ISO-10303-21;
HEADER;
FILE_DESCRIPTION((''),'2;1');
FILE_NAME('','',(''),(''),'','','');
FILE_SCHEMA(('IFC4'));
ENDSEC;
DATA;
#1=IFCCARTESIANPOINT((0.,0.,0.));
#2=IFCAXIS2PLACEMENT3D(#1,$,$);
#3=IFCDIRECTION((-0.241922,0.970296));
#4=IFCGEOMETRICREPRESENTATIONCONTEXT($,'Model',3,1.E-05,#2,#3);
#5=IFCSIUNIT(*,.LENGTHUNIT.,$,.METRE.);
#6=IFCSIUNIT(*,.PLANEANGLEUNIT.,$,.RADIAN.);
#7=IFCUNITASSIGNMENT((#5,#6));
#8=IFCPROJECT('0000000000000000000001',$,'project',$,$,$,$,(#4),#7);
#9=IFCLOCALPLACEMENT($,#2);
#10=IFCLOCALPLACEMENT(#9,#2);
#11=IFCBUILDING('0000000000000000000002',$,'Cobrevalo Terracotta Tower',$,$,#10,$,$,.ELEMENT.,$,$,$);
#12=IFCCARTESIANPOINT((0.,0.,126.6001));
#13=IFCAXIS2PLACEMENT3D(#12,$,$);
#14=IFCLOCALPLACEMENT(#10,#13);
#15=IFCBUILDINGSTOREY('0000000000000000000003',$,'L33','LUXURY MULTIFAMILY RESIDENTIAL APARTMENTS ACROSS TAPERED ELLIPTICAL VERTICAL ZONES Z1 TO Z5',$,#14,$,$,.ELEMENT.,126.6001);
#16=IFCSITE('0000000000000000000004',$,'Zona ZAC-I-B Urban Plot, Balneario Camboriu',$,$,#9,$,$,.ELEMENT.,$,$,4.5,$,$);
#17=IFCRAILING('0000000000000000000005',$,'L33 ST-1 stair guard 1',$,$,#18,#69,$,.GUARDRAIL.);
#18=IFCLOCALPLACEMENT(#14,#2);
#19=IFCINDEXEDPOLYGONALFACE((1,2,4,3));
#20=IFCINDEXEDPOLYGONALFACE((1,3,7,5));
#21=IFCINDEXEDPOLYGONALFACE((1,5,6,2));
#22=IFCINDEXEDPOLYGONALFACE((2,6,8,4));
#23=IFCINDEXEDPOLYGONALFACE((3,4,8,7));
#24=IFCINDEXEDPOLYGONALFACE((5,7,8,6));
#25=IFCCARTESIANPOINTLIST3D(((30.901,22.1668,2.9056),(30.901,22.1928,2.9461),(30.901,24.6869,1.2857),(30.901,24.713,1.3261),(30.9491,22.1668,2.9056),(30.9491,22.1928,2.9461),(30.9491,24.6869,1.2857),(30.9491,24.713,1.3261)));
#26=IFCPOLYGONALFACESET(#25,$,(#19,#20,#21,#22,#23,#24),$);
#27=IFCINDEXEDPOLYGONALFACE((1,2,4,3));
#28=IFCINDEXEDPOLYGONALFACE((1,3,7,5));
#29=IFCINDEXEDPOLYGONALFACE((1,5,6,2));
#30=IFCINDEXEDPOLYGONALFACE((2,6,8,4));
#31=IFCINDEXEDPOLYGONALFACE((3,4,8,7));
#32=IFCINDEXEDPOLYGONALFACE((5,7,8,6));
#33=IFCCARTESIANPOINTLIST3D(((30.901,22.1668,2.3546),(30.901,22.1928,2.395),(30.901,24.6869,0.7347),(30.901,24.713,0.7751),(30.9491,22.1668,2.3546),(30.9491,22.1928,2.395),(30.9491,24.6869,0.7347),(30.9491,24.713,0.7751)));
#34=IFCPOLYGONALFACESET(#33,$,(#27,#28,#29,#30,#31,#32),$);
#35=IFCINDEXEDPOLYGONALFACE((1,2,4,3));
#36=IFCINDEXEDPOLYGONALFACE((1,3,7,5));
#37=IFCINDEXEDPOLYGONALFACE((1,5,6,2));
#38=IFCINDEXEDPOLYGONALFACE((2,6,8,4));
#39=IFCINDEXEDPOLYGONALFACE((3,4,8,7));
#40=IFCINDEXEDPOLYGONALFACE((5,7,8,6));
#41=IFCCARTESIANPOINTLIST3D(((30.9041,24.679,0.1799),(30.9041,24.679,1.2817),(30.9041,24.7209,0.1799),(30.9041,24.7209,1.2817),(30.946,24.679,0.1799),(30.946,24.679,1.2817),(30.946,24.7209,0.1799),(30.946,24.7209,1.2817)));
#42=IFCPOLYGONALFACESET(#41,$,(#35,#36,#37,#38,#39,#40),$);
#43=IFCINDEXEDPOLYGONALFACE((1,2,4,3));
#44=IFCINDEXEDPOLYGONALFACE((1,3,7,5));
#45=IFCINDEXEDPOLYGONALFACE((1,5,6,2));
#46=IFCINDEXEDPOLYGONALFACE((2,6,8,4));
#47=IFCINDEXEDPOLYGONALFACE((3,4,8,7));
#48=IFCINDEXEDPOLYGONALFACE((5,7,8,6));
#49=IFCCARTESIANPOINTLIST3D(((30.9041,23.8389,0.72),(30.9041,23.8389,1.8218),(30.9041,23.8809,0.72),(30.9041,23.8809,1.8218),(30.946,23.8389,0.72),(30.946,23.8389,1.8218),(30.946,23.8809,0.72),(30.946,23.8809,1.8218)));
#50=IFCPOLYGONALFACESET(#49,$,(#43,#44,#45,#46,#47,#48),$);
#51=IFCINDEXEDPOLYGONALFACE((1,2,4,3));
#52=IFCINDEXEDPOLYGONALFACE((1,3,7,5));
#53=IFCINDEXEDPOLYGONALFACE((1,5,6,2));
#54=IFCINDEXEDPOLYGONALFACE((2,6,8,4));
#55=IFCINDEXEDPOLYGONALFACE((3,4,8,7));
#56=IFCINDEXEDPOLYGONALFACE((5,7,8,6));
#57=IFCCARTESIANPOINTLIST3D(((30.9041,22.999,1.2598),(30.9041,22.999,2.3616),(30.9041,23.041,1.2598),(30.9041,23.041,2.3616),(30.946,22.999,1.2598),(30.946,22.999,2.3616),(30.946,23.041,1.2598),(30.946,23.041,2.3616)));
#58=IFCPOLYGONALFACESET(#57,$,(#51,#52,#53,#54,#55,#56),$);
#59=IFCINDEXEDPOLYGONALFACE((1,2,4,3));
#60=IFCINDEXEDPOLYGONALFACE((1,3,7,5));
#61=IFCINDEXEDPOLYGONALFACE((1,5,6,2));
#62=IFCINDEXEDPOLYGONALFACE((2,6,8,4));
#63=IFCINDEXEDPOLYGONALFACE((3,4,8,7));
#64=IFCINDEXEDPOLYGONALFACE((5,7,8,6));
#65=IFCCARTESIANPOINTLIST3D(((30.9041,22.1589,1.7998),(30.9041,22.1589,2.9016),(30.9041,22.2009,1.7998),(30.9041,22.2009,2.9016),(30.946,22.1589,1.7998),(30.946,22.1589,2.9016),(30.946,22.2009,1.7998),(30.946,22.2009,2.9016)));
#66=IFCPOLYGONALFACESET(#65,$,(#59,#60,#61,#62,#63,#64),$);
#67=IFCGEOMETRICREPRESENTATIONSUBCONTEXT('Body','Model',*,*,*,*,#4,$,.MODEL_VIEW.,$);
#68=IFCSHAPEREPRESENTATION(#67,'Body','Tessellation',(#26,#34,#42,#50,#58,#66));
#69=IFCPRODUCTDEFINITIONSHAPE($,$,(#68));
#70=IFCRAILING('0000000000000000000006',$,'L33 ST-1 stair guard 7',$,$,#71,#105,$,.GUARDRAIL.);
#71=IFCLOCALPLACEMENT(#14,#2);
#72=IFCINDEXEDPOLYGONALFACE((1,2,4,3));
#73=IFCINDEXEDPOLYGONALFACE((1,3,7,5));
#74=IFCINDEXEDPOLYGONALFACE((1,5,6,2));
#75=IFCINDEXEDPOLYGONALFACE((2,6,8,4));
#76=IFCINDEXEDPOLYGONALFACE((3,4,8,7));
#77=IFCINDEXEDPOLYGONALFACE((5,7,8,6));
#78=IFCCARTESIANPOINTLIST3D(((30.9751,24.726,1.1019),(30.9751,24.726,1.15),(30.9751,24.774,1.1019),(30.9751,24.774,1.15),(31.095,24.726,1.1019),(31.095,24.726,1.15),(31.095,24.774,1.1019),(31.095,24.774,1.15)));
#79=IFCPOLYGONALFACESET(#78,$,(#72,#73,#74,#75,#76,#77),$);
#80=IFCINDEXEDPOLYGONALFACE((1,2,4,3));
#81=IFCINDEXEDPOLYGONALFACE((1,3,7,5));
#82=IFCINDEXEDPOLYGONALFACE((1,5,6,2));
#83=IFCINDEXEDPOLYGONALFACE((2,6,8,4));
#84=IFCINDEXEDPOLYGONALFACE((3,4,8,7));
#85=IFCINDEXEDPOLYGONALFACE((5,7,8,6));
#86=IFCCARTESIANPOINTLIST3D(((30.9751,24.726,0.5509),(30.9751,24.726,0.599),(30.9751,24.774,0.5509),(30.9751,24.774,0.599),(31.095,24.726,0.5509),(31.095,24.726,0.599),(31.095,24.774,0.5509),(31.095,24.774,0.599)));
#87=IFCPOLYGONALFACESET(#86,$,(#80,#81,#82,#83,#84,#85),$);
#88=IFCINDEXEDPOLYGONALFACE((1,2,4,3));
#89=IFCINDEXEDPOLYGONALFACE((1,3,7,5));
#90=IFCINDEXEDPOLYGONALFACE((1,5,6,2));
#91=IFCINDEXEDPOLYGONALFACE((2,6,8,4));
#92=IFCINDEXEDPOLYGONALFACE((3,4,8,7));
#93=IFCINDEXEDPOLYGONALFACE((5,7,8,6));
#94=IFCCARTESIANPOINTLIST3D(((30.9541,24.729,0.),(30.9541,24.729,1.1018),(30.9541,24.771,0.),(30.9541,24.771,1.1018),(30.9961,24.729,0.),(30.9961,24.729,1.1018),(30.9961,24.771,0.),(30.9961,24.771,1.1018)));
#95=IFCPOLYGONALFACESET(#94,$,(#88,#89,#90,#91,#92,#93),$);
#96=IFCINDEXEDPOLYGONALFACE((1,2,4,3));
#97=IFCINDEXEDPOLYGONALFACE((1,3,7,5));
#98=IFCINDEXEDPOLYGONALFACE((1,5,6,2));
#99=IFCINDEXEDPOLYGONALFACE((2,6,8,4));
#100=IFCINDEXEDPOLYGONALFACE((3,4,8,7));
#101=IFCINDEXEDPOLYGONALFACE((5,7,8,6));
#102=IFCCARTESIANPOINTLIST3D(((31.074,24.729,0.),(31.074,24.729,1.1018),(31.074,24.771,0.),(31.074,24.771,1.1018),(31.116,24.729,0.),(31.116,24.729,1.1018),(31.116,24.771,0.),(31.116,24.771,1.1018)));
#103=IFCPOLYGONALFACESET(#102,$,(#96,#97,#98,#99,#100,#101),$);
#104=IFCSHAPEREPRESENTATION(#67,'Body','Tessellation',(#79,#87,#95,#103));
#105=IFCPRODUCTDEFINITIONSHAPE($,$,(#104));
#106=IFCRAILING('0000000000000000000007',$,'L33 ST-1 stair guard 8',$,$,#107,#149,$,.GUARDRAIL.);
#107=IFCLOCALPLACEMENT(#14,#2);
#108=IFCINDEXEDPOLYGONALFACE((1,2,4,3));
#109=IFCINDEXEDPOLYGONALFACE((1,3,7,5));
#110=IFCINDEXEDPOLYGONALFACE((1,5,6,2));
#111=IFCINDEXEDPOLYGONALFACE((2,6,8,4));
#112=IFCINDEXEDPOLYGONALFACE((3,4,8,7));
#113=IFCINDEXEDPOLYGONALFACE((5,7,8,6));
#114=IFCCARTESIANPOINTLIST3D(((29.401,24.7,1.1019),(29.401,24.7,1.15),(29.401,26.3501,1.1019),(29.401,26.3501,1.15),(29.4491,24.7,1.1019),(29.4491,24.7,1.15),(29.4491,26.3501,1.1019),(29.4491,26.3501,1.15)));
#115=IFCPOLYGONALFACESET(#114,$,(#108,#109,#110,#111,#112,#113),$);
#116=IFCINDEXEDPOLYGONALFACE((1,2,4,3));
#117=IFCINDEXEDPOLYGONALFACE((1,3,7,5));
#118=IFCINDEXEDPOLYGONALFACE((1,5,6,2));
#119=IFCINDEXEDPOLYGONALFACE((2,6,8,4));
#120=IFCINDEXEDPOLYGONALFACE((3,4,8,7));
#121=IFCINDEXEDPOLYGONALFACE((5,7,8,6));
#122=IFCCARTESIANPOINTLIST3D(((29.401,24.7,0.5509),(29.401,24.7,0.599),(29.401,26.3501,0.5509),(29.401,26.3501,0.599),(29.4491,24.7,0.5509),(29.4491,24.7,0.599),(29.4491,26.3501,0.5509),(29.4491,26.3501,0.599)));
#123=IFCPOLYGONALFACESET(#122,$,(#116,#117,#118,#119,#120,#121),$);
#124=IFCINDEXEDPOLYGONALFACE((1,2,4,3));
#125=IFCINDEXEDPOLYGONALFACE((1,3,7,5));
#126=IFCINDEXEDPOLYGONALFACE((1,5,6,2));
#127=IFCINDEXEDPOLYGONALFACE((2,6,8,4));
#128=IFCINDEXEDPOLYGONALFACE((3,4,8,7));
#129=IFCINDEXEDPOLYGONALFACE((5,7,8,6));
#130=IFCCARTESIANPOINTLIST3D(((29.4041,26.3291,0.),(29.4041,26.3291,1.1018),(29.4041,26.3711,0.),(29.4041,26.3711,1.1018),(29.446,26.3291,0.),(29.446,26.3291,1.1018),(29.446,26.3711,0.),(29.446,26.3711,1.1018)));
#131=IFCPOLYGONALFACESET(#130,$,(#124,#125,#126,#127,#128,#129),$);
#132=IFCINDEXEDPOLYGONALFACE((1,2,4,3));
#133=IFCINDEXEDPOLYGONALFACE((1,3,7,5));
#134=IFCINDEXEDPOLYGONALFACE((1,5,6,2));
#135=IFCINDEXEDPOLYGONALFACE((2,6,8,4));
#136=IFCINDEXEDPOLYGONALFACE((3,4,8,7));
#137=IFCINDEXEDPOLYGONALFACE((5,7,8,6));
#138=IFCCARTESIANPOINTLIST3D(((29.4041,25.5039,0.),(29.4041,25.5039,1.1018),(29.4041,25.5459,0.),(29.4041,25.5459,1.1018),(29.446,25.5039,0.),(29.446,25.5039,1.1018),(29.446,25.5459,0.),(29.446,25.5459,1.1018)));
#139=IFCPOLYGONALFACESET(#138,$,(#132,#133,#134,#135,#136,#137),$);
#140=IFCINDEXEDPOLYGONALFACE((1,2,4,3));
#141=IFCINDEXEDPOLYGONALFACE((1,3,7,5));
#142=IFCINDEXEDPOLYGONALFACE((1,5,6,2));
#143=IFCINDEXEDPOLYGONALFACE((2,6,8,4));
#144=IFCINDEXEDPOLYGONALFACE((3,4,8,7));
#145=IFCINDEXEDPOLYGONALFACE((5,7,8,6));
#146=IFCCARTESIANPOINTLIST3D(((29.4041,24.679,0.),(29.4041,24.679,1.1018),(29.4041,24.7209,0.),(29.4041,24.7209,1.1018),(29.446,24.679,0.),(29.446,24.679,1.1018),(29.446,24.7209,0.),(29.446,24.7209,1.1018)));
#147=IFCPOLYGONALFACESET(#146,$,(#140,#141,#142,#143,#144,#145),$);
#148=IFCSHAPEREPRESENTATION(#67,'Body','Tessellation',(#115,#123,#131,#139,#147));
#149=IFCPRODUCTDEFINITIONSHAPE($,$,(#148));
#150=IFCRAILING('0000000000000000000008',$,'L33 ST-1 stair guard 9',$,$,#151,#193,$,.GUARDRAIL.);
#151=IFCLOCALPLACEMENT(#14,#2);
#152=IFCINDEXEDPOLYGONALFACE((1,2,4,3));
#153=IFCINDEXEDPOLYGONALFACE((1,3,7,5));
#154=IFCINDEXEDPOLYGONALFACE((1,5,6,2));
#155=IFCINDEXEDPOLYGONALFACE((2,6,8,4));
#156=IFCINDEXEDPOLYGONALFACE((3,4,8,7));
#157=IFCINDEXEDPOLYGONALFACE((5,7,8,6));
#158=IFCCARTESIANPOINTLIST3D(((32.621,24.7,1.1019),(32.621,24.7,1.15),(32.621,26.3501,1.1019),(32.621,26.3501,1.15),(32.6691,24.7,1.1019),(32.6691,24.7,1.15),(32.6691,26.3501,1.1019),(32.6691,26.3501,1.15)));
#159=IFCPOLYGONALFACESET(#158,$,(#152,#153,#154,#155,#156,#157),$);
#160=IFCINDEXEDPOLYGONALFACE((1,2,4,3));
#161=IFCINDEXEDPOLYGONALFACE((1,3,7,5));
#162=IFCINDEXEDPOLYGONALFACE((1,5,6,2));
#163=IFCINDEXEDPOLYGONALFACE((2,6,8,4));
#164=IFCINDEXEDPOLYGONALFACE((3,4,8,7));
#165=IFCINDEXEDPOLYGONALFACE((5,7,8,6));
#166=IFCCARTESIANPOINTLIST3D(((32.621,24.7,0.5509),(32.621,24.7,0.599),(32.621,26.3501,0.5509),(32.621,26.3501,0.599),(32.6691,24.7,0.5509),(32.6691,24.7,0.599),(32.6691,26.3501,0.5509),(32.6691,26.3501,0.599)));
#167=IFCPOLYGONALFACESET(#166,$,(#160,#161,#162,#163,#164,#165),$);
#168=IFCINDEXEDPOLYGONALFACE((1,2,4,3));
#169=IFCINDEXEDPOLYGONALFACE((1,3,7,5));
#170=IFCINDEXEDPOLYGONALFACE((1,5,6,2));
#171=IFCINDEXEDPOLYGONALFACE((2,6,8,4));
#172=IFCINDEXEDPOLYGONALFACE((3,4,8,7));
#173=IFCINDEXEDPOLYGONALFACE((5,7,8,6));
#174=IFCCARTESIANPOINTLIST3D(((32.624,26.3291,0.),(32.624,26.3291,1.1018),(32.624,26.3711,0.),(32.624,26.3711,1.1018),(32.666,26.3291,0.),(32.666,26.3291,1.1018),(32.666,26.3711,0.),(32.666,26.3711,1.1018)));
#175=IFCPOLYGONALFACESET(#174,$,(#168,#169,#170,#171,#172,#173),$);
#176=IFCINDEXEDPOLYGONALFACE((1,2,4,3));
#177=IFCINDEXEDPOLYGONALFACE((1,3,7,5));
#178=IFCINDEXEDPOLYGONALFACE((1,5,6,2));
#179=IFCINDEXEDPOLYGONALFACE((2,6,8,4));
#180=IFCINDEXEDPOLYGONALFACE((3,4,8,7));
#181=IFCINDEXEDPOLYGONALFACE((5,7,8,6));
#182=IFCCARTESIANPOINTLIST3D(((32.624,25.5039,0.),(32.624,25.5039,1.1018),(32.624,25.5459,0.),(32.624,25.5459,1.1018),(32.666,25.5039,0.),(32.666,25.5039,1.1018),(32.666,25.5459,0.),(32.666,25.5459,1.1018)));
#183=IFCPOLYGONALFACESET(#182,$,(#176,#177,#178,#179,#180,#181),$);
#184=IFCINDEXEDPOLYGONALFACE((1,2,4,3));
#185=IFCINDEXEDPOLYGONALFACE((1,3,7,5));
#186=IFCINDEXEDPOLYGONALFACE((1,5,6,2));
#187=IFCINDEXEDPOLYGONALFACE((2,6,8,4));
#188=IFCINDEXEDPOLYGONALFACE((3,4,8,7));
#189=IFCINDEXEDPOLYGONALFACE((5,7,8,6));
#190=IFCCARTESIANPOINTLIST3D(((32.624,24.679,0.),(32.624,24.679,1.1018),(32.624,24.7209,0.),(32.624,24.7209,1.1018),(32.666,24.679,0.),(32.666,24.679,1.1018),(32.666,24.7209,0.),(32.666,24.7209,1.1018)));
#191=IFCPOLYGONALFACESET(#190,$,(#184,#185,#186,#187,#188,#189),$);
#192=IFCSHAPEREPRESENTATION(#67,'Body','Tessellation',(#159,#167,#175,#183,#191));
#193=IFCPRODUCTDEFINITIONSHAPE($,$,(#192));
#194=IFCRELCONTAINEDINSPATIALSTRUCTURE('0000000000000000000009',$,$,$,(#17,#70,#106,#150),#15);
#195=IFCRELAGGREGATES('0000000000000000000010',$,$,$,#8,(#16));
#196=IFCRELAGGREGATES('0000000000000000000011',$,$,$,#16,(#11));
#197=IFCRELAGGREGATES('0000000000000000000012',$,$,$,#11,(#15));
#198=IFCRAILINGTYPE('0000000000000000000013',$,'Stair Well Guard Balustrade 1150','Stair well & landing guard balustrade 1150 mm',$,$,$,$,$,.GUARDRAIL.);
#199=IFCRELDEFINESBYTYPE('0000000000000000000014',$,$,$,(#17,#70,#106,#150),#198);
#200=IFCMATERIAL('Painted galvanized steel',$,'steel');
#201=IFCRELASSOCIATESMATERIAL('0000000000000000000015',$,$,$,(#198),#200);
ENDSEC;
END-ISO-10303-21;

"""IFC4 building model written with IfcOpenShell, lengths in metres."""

from ifc_helpers import new_model, si_unit, direction, frame, origin, origin_2d, place, context, subcontext, project, spatial, rectangle, extrude, material, type_object, element, save


model = new_model("IFC4")

# Units and contexts
model_context = context("Model", 3, precision=1e-05, world=origin(), true_north=direction((-0.241922, 0.970296)))
body_context = subcontext(model_context, "Body", "Model", "MODEL_VIEW")
ifc_project = project(units=[si_unit("LENGTHUNIT", "METRE"), si_unit("PLANEANGLEUNIT", "RADIAN")], contexts=[model_context])

# Site, building, storey
site_placement = place(None, origin())
site = spatial("IfcSite", under=ifc_project, at=site_placement, Name="Zona ZAC-I-B Urban Plot, Balneario Camboriu", CompositionType="ELEMENT", RefElevation=4.5)
building_placement = place(site_placement, origin())
building = spatial("IfcBuilding", under=site, at=building_placement, Name="Cobrevalo Terracotta Tower", CompositionType="ELEMENT")
storey_placement = place(building_placement, frame((0.0, 0.0, 126.6001)))
storey = spatial("IfcBuildingStorey", under=building, at=storey_placement, Name="L33", Description="LUXURY MULTIFAMILY RESIDENTIAL APARTMENTS ACROSS TAPERED ELLIPTICAL VERTICAL ZONES Z1 TO Z5", CompositionType="ELEMENT", Elevation=126.6001)

# Railings
ifc_material_1 = material(Name="Painted galvanized steel", Category="steel")
railing_type_1 = type_object("IfcRailingType", Name="Stair Well Guard Balustrade 1150", Description="Stair well & landing guard balustrade 1150 mm", PredefinedType="GUARDRAIL", material=ifc_material_1)
railing_1_placement = place(storey_placement, frame((30.925, 24.7, 0.1799)))
element("IfcRailing", 1, at=railing_1_placement, inside=storey, type_object=railing_type_1, Name="L33 ST-1 stair guard 1", PredefinedType="GUARDRAIL", context=body_context, shape_type="SweptSolid", body=[
    extrude(rectangle(XDim=0.0481, YDim=0.0481, at=origin_2d()), frame((0.0, 0.0, 1.126), z_axis=(0.0, -0.8412, 0.540725), x_axis=(1.0, 0.0, 0.0)), (0.0, 0.0, 1.0), 2.9958),
    extrude(rectangle(XDim=0.0481, YDim=0.0481, at=origin_2d()), frame((0.0, 0.0, 0.575), z_axis=(0.0, -0.8412, 0.540725), x_axis=(1.0, 0.0, 0.0)), (0.0, 0.0, 1.0), 2.9958),
    extrude(rectangle(XDim=0.042, YDim=0.042, at=origin_2d()), origin(), (0.0, 0.0, 1.0), 1.1018),
    extrude(rectangle(XDim=0.042, YDim=0.042, at=origin_2d()), frame((0.0, -0.8401, 0.54)), (0.0, 0.0, 1.0), 1.1018),
    extrude(rectangle(XDim=0.042, YDim=0.042, at=origin_2d()), frame((0.0, -1.6799, 1.0798)), (0.0, 0.0, 1.0), 1.1018),
    extrude(rectangle(XDim=0.042, YDim=0.042, at=origin_2d()), frame((0.0, -2.52, 1.6199)), (0.0, 0.0, 1.0), 1.1018),
])
railing_2_placement = place(storey_placement, frame((30.9751, 24.75, 0.0)))
element("IfcRailing", 2, at=railing_2_placement, inside=storey, type_object=railing_type_1, Name="L33 ST-1 stair guard 7", PredefinedType="GUARDRAIL", context=body_context, shape_type="SweptSolid", body=[
    extrude(rectangle(XDim=0.0481, YDim=0.0481, at=origin_2d()), frame((0.0, 0.0, 1.126), z_axis=(1.0, 0.0, 0.0), x_axis=(0.0, 1.0, 0.0)), (0.0, 0.0, 1.0), 0.1199),
    extrude(rectangle(XDim=0.0481, YDim=0.0481, at=origin_2d()), frame((0.0, 0.0, 0.575), z_axis=(1.0, 0.0, 0.0), x_axis=(0.0, 1.0, 0.0)), (0.0, 0.0, 1.0), 0.1199),
    extrude(rectangle(XDim=0.042, YDim=0.042, at=origin_2d()), origin(), (0.0, 0.0, 1.0), 1.1018),
    extrude(rectangle(XDim=0.042, YDim=0.042, at=origin_2d()), frame((0.1199, 0.0, 0.0)), (0.0, 0.0, 1.0), 1.1018),
])
for number, where, name in (
    (3, (29.425, 26.3501, 0.0), "L33 ST-1 stair guard 8"),
    (4, (32.645, 26.3501, 0.0), "L33 ST-1 stair guard 9"),
):
    element("IfcRailing", number, at=place(storey_placement, frame(where)), inside=storey, type_object=railing_type_1, Name=name, PredefinedType="GUARDRAIL", context=body_context, shape_type="SweptSolid", body=[
        extrude(rectangle(XDim=0.0481, YDim=0.0481, at=origin_2d()), frame((0.0, 0.0, 1.126), z_axis=(0.0, -1.0, 0.0), x_axis=(1.0, 0.0, 0.0)), (0.0, 0.0, 1.0), 1.6501),
        extrude(rectangle(XDim=0.0481, YDim=0.0481, at=origin_2d()), frame((0.0, 0.0, 0.575), z_axis=(0.0, -1.0, 0.0), x_axis=(1.0, 0.0, 0.0)), (0.0, 0.0, 1.0), 1.6501),
        extrude(rectangle(XDim=0.042, YDim=0.042, at=origin_2d()), origin(), (0.0, 0.0, 1.0), 1.1018),
        extrude(rectangle(XDim=0.042, YDim=0.042, at=origin_2d()), frame((0.0, -0.8252, 0.0)), (0.0, 0.0, 1.0), 1.1018),
        extrude(rectangle(XDim=0.042, YDim=0.042, at=origin_2d()), frame((0.0, -1.6501, 0.0)), (0.0, 0.0, 1.0), 1.1018),
    ])

save(model, "model.ifc")
